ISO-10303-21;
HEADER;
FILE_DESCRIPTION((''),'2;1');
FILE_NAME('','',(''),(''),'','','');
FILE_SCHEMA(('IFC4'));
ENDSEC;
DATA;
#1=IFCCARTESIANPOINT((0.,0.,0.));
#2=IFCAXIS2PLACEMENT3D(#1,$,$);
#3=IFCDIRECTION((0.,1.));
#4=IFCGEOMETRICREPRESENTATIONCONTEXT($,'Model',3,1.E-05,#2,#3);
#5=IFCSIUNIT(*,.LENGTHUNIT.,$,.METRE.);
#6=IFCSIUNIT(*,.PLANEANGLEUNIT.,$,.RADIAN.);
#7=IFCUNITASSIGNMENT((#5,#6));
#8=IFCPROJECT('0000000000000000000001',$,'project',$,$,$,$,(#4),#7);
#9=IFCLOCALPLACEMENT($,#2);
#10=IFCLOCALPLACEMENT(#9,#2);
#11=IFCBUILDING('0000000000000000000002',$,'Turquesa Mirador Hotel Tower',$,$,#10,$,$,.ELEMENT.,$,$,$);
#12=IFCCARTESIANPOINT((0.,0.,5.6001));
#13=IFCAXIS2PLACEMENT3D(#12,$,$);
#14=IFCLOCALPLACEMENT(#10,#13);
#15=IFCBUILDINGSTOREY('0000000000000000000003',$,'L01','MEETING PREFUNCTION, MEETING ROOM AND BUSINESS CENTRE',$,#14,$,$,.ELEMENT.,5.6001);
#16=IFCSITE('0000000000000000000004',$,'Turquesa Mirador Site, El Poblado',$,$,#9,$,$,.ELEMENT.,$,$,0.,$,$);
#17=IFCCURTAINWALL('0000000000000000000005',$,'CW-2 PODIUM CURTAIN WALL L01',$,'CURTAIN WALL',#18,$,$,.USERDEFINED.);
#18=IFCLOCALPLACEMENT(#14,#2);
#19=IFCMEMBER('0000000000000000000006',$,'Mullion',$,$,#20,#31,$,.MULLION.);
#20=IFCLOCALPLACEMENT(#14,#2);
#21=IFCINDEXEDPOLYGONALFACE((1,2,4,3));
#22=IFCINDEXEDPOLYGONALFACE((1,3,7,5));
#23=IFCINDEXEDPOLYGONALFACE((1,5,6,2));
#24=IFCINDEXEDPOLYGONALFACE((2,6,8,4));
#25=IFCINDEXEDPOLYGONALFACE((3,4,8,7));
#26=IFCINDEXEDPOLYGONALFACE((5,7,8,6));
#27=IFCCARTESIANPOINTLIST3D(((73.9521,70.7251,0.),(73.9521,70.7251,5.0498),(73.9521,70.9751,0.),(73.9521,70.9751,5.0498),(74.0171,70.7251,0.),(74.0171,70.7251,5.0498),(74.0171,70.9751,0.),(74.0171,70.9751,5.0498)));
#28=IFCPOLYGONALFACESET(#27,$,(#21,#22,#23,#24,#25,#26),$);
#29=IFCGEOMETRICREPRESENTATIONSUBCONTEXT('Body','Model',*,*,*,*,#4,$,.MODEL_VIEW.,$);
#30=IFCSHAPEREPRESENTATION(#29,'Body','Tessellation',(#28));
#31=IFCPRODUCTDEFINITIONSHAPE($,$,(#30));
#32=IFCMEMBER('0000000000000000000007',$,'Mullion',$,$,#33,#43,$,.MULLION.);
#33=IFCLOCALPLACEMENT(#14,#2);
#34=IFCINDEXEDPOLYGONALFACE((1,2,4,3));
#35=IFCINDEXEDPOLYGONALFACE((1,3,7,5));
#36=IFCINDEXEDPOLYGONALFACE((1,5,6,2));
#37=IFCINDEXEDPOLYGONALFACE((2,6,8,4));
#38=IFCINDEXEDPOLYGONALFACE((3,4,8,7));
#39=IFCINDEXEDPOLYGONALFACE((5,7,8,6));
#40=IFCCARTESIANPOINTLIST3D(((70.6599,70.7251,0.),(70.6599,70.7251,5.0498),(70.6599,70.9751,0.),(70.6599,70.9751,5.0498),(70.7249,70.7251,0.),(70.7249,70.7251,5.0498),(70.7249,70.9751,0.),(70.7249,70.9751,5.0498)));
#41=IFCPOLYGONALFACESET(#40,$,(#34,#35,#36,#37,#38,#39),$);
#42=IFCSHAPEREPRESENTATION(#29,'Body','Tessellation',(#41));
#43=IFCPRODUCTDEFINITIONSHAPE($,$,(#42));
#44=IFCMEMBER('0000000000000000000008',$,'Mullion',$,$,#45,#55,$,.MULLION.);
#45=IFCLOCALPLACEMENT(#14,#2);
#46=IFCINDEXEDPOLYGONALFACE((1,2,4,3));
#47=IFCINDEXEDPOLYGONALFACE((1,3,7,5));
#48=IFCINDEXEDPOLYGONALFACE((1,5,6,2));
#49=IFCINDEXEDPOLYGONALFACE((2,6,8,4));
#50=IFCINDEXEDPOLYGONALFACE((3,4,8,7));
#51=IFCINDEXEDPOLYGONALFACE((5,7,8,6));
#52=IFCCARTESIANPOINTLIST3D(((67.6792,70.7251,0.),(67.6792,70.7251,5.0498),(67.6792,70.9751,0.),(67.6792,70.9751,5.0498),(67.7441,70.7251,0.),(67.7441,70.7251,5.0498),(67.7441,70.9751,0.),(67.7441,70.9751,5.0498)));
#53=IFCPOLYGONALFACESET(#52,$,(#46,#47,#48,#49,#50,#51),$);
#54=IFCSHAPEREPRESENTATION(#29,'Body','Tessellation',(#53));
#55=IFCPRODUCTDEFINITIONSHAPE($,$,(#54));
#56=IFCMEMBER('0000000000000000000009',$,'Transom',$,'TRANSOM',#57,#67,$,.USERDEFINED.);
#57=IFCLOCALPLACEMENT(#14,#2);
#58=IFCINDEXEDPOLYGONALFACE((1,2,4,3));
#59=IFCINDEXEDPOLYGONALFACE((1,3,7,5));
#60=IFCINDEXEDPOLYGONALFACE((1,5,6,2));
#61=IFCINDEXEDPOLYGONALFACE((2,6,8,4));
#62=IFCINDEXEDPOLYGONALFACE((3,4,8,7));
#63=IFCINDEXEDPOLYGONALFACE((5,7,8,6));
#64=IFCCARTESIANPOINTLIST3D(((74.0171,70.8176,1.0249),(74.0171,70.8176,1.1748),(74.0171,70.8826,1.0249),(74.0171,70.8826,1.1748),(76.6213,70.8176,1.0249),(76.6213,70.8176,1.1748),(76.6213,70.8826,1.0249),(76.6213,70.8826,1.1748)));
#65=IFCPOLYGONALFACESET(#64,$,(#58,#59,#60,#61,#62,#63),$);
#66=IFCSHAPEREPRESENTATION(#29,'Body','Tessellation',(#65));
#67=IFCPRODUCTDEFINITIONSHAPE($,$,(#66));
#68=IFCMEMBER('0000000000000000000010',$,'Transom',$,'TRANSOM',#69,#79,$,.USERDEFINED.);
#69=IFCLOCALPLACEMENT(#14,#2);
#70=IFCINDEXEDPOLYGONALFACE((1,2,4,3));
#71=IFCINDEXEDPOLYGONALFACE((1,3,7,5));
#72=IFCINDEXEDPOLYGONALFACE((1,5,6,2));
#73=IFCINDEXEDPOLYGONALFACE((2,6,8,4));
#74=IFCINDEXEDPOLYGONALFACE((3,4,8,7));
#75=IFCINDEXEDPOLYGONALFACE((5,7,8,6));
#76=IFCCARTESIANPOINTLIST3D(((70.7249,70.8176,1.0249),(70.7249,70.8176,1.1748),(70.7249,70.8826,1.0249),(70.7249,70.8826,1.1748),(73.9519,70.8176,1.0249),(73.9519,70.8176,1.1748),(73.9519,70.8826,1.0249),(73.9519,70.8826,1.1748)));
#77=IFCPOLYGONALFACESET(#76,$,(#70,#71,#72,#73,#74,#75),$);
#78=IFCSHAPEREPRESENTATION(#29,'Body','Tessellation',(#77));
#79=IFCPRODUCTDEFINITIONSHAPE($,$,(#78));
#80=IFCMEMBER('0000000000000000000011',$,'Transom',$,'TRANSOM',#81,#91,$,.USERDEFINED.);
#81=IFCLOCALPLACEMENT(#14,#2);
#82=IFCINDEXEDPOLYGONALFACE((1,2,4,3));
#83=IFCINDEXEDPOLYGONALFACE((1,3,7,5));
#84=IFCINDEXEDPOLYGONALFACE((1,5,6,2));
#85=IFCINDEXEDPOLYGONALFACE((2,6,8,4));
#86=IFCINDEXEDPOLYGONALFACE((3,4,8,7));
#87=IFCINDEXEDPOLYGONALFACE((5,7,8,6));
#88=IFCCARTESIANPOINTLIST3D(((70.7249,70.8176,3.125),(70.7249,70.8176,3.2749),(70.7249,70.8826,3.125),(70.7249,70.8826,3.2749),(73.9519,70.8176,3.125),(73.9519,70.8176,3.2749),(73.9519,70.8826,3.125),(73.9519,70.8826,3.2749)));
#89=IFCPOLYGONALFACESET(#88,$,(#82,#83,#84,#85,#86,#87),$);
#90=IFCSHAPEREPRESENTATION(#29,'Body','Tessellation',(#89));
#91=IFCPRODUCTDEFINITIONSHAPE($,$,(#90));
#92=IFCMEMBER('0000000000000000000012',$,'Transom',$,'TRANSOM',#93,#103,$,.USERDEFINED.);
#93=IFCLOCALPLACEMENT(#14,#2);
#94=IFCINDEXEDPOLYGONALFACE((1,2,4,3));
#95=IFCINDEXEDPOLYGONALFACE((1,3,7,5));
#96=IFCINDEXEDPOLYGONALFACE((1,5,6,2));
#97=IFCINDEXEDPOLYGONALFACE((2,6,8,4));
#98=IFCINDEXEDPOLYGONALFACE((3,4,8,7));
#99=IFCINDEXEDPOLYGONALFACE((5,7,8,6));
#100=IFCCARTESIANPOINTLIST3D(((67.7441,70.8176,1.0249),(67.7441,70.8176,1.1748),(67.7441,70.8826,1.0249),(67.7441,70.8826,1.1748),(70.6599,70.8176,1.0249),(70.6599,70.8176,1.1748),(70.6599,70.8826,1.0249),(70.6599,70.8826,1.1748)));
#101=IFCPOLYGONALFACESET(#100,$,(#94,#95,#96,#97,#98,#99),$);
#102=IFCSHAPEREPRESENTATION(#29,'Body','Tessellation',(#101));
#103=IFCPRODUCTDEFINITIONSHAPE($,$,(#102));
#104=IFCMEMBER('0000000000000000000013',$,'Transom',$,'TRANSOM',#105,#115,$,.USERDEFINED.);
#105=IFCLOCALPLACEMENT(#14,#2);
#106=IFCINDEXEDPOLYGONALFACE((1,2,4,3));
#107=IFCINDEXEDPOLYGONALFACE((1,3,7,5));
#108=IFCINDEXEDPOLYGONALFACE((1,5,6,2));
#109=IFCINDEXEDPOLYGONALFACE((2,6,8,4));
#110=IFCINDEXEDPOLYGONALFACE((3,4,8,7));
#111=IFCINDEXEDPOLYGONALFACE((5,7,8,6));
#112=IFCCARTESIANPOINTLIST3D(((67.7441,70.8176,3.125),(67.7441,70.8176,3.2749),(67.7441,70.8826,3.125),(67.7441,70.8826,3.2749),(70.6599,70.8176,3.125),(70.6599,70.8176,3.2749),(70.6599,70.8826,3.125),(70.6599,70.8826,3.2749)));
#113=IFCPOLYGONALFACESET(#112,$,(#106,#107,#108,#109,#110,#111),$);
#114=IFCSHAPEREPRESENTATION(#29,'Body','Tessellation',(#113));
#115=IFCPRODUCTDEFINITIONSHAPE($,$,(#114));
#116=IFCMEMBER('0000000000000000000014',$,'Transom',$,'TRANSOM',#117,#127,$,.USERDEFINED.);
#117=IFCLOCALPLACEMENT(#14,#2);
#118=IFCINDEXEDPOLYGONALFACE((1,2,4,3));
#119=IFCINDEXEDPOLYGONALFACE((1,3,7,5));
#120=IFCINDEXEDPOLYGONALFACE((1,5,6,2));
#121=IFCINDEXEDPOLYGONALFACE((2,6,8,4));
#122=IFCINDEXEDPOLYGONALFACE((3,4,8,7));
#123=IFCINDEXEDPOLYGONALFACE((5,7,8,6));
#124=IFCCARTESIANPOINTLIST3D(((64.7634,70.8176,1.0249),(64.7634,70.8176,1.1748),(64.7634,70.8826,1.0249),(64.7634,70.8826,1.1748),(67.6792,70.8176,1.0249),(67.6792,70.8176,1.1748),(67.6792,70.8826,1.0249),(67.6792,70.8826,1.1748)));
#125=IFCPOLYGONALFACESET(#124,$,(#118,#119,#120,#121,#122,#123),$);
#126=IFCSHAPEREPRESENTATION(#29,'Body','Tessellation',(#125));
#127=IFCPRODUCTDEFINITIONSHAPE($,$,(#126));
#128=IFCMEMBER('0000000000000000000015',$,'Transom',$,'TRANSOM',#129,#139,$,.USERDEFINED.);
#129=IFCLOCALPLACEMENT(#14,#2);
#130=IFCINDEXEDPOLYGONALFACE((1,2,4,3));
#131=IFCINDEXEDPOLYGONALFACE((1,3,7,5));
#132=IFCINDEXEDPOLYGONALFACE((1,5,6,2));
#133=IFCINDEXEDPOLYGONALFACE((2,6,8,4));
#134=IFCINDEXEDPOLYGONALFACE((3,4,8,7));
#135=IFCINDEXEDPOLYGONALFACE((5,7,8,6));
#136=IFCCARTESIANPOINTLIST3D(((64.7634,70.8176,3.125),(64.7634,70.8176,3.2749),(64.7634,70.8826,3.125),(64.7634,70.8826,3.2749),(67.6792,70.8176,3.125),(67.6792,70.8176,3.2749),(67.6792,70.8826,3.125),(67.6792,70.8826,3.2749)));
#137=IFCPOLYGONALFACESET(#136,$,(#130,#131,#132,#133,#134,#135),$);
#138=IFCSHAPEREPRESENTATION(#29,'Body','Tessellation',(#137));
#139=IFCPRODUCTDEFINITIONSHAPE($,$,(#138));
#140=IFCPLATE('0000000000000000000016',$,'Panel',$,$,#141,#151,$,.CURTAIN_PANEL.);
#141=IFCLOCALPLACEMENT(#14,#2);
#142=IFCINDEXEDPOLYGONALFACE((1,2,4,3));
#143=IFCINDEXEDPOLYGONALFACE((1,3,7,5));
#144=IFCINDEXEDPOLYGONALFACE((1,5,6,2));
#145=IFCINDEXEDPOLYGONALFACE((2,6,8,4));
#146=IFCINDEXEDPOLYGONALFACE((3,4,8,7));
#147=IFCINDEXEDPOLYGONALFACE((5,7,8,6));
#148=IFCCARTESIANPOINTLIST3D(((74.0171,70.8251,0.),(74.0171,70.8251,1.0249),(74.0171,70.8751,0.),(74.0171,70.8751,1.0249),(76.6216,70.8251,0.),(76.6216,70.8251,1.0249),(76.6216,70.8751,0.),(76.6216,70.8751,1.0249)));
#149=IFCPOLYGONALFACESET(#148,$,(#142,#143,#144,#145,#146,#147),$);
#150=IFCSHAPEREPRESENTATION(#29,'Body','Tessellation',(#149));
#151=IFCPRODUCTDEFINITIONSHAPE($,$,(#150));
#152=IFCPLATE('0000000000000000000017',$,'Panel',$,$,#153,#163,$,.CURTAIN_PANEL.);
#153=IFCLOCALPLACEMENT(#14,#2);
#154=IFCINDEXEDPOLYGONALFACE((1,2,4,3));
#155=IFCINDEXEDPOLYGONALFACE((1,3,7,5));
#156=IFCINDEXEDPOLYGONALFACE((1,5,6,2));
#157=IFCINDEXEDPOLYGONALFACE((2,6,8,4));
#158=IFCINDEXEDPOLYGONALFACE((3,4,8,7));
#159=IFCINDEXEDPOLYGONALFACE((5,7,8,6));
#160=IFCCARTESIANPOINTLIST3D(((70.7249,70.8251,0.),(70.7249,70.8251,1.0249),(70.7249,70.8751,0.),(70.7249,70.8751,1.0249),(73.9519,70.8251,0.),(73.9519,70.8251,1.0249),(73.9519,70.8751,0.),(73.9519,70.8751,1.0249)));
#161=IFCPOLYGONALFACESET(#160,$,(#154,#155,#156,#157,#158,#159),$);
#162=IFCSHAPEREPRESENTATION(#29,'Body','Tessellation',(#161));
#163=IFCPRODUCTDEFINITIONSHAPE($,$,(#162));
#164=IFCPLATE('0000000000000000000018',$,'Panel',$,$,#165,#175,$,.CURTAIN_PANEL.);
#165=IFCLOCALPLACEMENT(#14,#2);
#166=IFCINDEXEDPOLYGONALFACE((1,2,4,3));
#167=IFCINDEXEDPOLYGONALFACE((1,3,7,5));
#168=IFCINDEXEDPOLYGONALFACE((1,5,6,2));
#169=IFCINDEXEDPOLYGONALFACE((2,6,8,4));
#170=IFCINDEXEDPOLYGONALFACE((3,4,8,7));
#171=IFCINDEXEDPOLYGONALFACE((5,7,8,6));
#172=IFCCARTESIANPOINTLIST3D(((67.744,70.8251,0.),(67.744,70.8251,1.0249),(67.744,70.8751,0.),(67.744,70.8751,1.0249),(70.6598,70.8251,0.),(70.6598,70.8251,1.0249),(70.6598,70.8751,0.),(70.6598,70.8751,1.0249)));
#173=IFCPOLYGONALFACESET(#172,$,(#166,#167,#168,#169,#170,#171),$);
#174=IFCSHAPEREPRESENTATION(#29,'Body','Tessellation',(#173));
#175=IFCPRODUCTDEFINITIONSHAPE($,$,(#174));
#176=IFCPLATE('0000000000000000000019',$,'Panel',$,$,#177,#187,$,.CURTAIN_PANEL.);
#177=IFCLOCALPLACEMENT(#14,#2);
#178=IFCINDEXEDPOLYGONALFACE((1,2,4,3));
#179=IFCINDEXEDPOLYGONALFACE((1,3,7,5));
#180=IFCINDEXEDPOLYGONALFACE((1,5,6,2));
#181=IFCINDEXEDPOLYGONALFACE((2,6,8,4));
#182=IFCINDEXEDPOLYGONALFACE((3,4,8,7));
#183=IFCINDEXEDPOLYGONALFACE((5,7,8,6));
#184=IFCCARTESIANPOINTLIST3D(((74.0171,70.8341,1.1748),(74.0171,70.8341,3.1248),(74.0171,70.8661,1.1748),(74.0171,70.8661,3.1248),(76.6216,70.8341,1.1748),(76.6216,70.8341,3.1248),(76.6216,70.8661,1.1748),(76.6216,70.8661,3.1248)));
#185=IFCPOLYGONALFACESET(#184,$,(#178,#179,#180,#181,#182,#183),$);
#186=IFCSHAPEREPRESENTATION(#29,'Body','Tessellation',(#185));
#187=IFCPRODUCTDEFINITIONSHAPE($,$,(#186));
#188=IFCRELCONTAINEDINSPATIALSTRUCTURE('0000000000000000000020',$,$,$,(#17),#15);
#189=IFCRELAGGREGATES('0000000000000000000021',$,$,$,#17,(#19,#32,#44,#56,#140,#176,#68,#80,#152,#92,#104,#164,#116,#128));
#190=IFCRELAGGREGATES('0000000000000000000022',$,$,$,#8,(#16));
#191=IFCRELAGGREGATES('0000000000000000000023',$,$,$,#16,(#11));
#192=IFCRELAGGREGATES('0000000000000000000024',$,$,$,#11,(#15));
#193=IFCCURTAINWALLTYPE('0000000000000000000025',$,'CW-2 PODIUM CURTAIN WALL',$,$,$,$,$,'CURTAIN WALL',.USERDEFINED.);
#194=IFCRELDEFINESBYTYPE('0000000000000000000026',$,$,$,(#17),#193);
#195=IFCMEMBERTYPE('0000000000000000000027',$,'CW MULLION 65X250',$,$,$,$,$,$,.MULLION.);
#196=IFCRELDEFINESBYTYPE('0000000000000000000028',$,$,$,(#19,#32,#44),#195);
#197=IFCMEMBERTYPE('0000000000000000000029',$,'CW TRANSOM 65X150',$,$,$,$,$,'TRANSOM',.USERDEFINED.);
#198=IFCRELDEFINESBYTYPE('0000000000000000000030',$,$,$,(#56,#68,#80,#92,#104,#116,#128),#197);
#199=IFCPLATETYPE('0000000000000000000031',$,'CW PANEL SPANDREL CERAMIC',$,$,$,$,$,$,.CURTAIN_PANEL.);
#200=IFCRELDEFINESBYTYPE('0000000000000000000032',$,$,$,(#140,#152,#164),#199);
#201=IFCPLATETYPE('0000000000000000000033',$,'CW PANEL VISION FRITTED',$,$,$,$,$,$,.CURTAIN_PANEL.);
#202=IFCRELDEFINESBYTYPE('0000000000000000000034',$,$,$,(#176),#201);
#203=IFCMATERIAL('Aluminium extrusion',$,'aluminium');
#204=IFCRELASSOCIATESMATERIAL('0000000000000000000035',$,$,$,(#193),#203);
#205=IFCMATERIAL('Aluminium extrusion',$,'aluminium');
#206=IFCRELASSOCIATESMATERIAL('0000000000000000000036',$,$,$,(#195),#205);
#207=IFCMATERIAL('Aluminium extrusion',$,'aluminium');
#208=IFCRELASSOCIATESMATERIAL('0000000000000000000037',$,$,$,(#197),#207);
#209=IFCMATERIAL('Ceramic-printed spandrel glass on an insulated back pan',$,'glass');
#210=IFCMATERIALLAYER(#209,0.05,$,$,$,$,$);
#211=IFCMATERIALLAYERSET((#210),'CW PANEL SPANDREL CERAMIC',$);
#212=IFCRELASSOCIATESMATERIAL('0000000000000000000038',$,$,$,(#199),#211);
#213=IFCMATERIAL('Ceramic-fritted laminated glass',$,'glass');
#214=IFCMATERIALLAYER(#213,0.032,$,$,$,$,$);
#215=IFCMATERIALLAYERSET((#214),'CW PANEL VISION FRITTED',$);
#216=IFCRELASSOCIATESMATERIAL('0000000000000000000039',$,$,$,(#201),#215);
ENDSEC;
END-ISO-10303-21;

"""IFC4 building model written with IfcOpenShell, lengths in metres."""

from ifc_helpers import new_model, si_unit, direction, frame, origin, origin_2d, place, context, subcontext, project, spatial, rectangle, extrude, material, layer, layer_set, material_profile, profile_set, type_object, element, aggregate, save


model = new_model("IFC4")

# Units and contexts
model_context = context("Model", 3, precision=1e-05, world=origin(), true_north=direction((0.0, 1.0)))
body_context = subcontext(model_context, "Body", "Model", "MODEL_VIEW")
ifc_project = project(units=[si_unit("LENGTHUNIT", "METRE"), si_unit("PLANEANGLEUNIT", "RADIAN")], contexts=[model_context])

# Site, building, storey
site_placement = place(None, origin())
site = spatial("IfcSite", under=ifc_project, at=site_placement, Name="Turquesa Mirador Site, El Poblado", CompositionType="ELEMENT", RefElevation=0.0)
building_placement = place(site_placement, origin())
building = spatial("IfcBuilding", under=site, at=building_placement, Name="Turquesa Mirador Hotel Tower", CompositionType="ELEMENT")
storey_placement = place(building_placement, frame((0.0, 0.0, 5.6001)))
storey = spatial("IfcBuildingStorey", under=building, at=storey_placement, Name="L01", Description="MEETING PREFUNCTION, MEETING ROOM AND BUSINESS CENTRE", CompositionType="ELEMENT", Elevation=5.6001)

# Curtain wall, members, plates
ifc_material_1 = material(Name="Aluminium extrusion", Category="aluminium")
curtain_wall_type = type_object("IfcCurtainWallType", Name="CW-2 PODIUM CURTAIN WALL", ElementType="CURTAIN WALL", PredefinedType="USERDEFINED", material=ifc_material_1)
curtain_wall_placement = place(storey_placement, origin())
curtain_wall = element("IfcCurtainWall", 1, at=curtain_wall_placement, inside=storey, type_object=curtain_wall_type, Name="CW-2 PODIUM CURTAIN WALL L01", ObjectType="CURTAIN WALL", PredefinedType="USERDEFINED")
ifc_material_2 = material(Name="Aluminium extrusion", Category="aluminium")
ifc_material_profile_1 = material_profile(ifc_material_2, rectangle(XDim=0.0649, YDim=0.25, at=origin_2d()), Name="MULLION 65X250")
ifc_profile_set_1 = profile_set([ifc_material_profile_1], Name="Aluminium extrusion")
member_type_1 = type_object("IfcMemberType", Name="CW MULLION 65X250", PredefinedType="MULLION", material=ifc_profile_set_1)
member_1_placement = place(storey_placement, frame((73.9846, 70.8501, 0.0), z_axis=(0.0, 0.0, 1.0), x_axis=(-1.0, 0.0, 0.0)))
member_1 = element("IfcMember", 2, at=member_1_placement, type_object=member_type_1, Name="Mullion", PredefinedType="MULLION", context=body_context, shape_type="SweptSolid", body=[
    extrude(rectangle(XDim=0.0649, YDim=0.25, at=origin_2d()), origin(), (0.0, 0.0, 1.0), 5.0498),
])
member_2_placement = place(storey_placement, frame((70.6924, 70.8501, 0.0), z_axis=(0.0, 0.0, 1.0), x_axis=(-1.0, 0.0, 0.0)))
member_2 = element("IfcMember", 3, at=member_2_placement, type_object=member_type_1, Name="Mullion", PredefinedType="MULLION", context=body_context, shape_type="SweptSolid", body=[
    extrude(rectangle(XDim=0.0649, YDim=0.25, at=origin_2d()), origin(), (0.0, 0.0, 1.0), 5.0498),
])
member_3_placement = place(storey_placement, frame((67.7117, 70.8501, 0.0), z_axis=(0.0, 0.0, 1.0), x_axis=(-1.0, 0.0, 0.0)))
member_3 = element("IfcMember", 4, at=member_3_placement, type_object=member_type_1, Name="Mullion", PredefinedType="MULLION", context=body_context, shape_type="SweptSolid", body=[
    extrude(rectangle(XDim=0.0649, YDim=0.25, at=origin_2d()), origin(), (0.0, 0.0, 1.0), 5.0498),
])
ifc_material_3 = material(Name="Aluminium extrusion", Category="aluminium")
ifc_material_profile_2 = material_profile(ifc_material_3, rectangle(XDim=0.0649, YDim=0.1499, at=origin_2d()), Name="TRANSOM 65X150")
ifc_profile_set_2 = profile_set([ifc_material_profile_2], Name="Aluminium extrusion")
member_type_2 = type_object("IfcMemberType", Name="CW TRANSOM 65X150", ElementType="TRANSOM", PredefinedType="USERDEFINED", material=ifc_profile_set_2)
member_4_placement = place(storey_placement, frame((76.6213, 70.8501, 1.0999), z_axis=(-1.0, 0.0, 0.0), x_axis=(0.0, -1.0, 0.0)))
member_4 = element("IfcMember", 5, at=member_4_placement, type_object=member_type_2, Name="Transom", ObjectType="TRANSOM", PredefinedType="USERDEFINED", context=body_context, shape_type="SweptSolid", body=[
    extrude(rectangle(XDim=0.0649, YDim=0.1499, at=origin_2d()), origin(), (0.0, 0.0, 1.0), 2.6042),
])
member_5_placement = place(storey_placement, frame((73.9519, 70.8501, 1.0999), z_axis=(-1.0, 0.0, 0.0), x_axis=(0.0, -1.0, 0.0)))
member_5 = element("IfcMember", 6, at=member_5_placement, type_object=member_type_2, Name="Transom", ObjectType="TRANSOM", PredefinedType="USERDEFINED", context=body_context, shape_type="SweptSolid", body=[
    extrude(rectangle(XDim=0.0649, YDim=0.1499, at=origin_2d()), origin(), (0.0, 0.0, 1.0), 3.2271),
])
member_6_placement = place(storey_placement, frame((73.9519, 70.8501, 3.2), z_axis=(-1.0, 0.0, 0.0), x_axis=(0.0, -1.0, 0.0)))
member_6 = element("IfcMember", 7, at=member_6_placement, type_object=member_type_2, Name="Transom", ObjectType="TRANSOM", PredefinedType="USERDEFINED", context=body_context, shape_type="SweptSolid", body=[
    extrude(rectangle(XDim=0.0649, YDim=0.1499, at=origin_2d()), origin(), (0.0, 0.0, 1.0), 3.2271),
])
member_7_placement = place(storey_placement, frame((70.6599, 70.8501, 1.0999), z_axis=(-1.0, 0.0, 0.0), x_axis=(0.0, -1.0, 0.0)))
member_7 = element("IfcMember", 8, at=member_7_placement, type_object=member_type_2, Name="Transom", ObjectType="TRANSOM", PredefinedType="USERDEFINED", context=body_context, shape_type="SweptSolid", body=[
    extrude(rectangle(XDim=0.0649, YDim=0.1499, at=origin_2d()), origin(), (0.0, 0.0, 1.0), 2.9158),
])
member_8_placement = place(storey_placement, frame((70.6599, 70.8501, 3.2), z_axis=(-1.0, 0.0, 0.0), x_axis=(0.0, -1.0, 0.0)))
member_8 = element("IfcMember", 9, at=member_8_placement, type_object=member_type_2, Name="Transom", ObjectType="TRANSOM", PredefinedType="USERDEFINED", context=body_context, shape_type="SweptSolid", body=[
    extrude(rectangle(XDim=0.0649, YDim=0.1499, at=origin_2d()), origin(), (0.0, 0.0, 1.0), 2.9158),
])
member_9_placement = place(storey_placement, frame((67.6792, 70.8501, 1.0999), z_axis=(-1.0, 0.0, 0.0), x_axis=(0.0, -1.0, 0.0)))
member_9 = element("IfcMember", 10, at=member_9_placement, type_object=member_type_2, Name="Transom", ObjectType="TRANSOM", PredefinedType="USERDEFINED", context=body_context, shape_type="SweptSolid", body=[
    extrude(rectangle(XDim=0.0649, YDim=0.1499, at=origin_2d()), origin(), (0.0, 0.0, 1.0), 2.9158),
])
member_10_placement = place(storey_placement, frame((67.6792, 70.8501, 3.2), z_axis=(-1.0, 0.0, 0.0), x_axis=(0.0, -1.0, 0.0)))
member_10 = element("IfcMember", 11, at=member_10_placement, type_object=member_type_2, Name="Transom", ObjectType="TRANSOM", PredefinedType="USERDEFINED", context=body_context, shape_type="SweptSolid", body=[
    extrude(rectangle(XDim=0.0649, YDim=0.1499, at=origin_2d()), origin(), (0.0, 0.0, 1.0), 2.9158),
])
ifc_material_4 = material(Name="Ceramic-printed spandrel glass on an insulated back pan", Category="glass")
ifc_layer_1 = layer(ifc_material_4, 0.05)
ifc_layer_set_1 = layer_set([ifc_layer_1], Name="CW PANEL SPANDREL CERAMIC")
plate_type_1 = type_object("IfcPlateType", Name="CW PANEL SPANDREL CERAMIC", PredefinedType="CURTAIN_PANEL", material=ifc_layer_set_1)
plate_1_placement = place(storey_placement, frame((75.3193, 70.8501, 0.0), z_axis=(0.0, 0.0, 1.0), x_axis=(-1.0, 0.0, 0.0)))
plate_1 = element("IfcPlate", 12, at=plate_1_placement, type_object=plate_type_1, Name="Panel", PredefinedType="CURTAIN_PANEL", context=body_context, shape_type="SweptSolid", body=[
    extrude(rectangle(XDim=2.6045, YDim=0.05, at=origin_2d()), origin(), (0.0, 0.0, 1.0), 1.0249),
])
plate_2_placement = place(storey_placement, frame((72.3384, 70.8501, 0.0), z_axis=(0.0, 0.0, 1.0), x_axis=(-1.0, 0.0, 0.0)))
plate_2 = element("IfcPlate", 13, at=plate_2_placement, type_object=plate_type_1, Name="Panel", PredefinedType="CURTAIN_PANEL", context=body_context, shape_type="SweptSolid", body=[
    extrude(rectangle(XDim=3.2271, YDim=0.05, at=origin_2d()), origin(), (0.0, 0.0, 1.0), 1.0249),
])
plate_3_placement = place(storey_placement, frame((69.2019, 70.8501, 0.0), z_axis=(0.0, 0.0, 1.0), x_axis=(-1.0, 0.0, 0.0)))
plate_3 = element("IfcPlate", 14, at=plate_3_placement, type_object=plate_type_1, Name="Panel", PredefinedType="CURTAIN_PANEL", context=body_context, shape_type="SweptSolid", body=[
    extrude(rectangle(XDim=2.9158, YDim=0.05, at=origin_2d()), origin(), (0.0, 0.0, 1.0), 1.0249),
])
ifc_material_5 = material(Name="Ceramic-fritted laminated glass", Category="glass")
ifc_layer_2 = layer(ifc_material_5, 0.032)
ifc_layer_set_2 = layer_set([ifc_layer_2], Name="CW PANEL VISION FRITTED")
plate_type_2 = type_object("IfcPlateType", Name="CW PANEL VISION FRITTED", PredefinedType="CURTAIN_PANEL", material=ifc_layer_set_2)
plate_4_placement = place(storey_placement, frame((75.3193, 70.8501, 1.1748), z_axis=(0.0, 0.0, 1.0), x_axis=(-1.0, 0.0, 0.0)))
plate_4 = element("IfcPlate", 15, at=plate_4_placement, type_object=plate_type_2, Name="Panel", PredefinedType="CURTAIN_PANEL", context=body_context, shape_type="SweptSolid", body=[
    extrude(rectangle(XDim=2.6045, YDim=0.032, at=origin_2d()), origin(), (0.0, 0.0, 1.0), 1.95),
])
aggregate(curtain_wall, [member_1, member_2, member_3, member_4, plate_1, plate_4, member_5, member_6, plate_2, member_7, member_8, plate_3, member_9, member_10])

save(model, "model.ifc")
